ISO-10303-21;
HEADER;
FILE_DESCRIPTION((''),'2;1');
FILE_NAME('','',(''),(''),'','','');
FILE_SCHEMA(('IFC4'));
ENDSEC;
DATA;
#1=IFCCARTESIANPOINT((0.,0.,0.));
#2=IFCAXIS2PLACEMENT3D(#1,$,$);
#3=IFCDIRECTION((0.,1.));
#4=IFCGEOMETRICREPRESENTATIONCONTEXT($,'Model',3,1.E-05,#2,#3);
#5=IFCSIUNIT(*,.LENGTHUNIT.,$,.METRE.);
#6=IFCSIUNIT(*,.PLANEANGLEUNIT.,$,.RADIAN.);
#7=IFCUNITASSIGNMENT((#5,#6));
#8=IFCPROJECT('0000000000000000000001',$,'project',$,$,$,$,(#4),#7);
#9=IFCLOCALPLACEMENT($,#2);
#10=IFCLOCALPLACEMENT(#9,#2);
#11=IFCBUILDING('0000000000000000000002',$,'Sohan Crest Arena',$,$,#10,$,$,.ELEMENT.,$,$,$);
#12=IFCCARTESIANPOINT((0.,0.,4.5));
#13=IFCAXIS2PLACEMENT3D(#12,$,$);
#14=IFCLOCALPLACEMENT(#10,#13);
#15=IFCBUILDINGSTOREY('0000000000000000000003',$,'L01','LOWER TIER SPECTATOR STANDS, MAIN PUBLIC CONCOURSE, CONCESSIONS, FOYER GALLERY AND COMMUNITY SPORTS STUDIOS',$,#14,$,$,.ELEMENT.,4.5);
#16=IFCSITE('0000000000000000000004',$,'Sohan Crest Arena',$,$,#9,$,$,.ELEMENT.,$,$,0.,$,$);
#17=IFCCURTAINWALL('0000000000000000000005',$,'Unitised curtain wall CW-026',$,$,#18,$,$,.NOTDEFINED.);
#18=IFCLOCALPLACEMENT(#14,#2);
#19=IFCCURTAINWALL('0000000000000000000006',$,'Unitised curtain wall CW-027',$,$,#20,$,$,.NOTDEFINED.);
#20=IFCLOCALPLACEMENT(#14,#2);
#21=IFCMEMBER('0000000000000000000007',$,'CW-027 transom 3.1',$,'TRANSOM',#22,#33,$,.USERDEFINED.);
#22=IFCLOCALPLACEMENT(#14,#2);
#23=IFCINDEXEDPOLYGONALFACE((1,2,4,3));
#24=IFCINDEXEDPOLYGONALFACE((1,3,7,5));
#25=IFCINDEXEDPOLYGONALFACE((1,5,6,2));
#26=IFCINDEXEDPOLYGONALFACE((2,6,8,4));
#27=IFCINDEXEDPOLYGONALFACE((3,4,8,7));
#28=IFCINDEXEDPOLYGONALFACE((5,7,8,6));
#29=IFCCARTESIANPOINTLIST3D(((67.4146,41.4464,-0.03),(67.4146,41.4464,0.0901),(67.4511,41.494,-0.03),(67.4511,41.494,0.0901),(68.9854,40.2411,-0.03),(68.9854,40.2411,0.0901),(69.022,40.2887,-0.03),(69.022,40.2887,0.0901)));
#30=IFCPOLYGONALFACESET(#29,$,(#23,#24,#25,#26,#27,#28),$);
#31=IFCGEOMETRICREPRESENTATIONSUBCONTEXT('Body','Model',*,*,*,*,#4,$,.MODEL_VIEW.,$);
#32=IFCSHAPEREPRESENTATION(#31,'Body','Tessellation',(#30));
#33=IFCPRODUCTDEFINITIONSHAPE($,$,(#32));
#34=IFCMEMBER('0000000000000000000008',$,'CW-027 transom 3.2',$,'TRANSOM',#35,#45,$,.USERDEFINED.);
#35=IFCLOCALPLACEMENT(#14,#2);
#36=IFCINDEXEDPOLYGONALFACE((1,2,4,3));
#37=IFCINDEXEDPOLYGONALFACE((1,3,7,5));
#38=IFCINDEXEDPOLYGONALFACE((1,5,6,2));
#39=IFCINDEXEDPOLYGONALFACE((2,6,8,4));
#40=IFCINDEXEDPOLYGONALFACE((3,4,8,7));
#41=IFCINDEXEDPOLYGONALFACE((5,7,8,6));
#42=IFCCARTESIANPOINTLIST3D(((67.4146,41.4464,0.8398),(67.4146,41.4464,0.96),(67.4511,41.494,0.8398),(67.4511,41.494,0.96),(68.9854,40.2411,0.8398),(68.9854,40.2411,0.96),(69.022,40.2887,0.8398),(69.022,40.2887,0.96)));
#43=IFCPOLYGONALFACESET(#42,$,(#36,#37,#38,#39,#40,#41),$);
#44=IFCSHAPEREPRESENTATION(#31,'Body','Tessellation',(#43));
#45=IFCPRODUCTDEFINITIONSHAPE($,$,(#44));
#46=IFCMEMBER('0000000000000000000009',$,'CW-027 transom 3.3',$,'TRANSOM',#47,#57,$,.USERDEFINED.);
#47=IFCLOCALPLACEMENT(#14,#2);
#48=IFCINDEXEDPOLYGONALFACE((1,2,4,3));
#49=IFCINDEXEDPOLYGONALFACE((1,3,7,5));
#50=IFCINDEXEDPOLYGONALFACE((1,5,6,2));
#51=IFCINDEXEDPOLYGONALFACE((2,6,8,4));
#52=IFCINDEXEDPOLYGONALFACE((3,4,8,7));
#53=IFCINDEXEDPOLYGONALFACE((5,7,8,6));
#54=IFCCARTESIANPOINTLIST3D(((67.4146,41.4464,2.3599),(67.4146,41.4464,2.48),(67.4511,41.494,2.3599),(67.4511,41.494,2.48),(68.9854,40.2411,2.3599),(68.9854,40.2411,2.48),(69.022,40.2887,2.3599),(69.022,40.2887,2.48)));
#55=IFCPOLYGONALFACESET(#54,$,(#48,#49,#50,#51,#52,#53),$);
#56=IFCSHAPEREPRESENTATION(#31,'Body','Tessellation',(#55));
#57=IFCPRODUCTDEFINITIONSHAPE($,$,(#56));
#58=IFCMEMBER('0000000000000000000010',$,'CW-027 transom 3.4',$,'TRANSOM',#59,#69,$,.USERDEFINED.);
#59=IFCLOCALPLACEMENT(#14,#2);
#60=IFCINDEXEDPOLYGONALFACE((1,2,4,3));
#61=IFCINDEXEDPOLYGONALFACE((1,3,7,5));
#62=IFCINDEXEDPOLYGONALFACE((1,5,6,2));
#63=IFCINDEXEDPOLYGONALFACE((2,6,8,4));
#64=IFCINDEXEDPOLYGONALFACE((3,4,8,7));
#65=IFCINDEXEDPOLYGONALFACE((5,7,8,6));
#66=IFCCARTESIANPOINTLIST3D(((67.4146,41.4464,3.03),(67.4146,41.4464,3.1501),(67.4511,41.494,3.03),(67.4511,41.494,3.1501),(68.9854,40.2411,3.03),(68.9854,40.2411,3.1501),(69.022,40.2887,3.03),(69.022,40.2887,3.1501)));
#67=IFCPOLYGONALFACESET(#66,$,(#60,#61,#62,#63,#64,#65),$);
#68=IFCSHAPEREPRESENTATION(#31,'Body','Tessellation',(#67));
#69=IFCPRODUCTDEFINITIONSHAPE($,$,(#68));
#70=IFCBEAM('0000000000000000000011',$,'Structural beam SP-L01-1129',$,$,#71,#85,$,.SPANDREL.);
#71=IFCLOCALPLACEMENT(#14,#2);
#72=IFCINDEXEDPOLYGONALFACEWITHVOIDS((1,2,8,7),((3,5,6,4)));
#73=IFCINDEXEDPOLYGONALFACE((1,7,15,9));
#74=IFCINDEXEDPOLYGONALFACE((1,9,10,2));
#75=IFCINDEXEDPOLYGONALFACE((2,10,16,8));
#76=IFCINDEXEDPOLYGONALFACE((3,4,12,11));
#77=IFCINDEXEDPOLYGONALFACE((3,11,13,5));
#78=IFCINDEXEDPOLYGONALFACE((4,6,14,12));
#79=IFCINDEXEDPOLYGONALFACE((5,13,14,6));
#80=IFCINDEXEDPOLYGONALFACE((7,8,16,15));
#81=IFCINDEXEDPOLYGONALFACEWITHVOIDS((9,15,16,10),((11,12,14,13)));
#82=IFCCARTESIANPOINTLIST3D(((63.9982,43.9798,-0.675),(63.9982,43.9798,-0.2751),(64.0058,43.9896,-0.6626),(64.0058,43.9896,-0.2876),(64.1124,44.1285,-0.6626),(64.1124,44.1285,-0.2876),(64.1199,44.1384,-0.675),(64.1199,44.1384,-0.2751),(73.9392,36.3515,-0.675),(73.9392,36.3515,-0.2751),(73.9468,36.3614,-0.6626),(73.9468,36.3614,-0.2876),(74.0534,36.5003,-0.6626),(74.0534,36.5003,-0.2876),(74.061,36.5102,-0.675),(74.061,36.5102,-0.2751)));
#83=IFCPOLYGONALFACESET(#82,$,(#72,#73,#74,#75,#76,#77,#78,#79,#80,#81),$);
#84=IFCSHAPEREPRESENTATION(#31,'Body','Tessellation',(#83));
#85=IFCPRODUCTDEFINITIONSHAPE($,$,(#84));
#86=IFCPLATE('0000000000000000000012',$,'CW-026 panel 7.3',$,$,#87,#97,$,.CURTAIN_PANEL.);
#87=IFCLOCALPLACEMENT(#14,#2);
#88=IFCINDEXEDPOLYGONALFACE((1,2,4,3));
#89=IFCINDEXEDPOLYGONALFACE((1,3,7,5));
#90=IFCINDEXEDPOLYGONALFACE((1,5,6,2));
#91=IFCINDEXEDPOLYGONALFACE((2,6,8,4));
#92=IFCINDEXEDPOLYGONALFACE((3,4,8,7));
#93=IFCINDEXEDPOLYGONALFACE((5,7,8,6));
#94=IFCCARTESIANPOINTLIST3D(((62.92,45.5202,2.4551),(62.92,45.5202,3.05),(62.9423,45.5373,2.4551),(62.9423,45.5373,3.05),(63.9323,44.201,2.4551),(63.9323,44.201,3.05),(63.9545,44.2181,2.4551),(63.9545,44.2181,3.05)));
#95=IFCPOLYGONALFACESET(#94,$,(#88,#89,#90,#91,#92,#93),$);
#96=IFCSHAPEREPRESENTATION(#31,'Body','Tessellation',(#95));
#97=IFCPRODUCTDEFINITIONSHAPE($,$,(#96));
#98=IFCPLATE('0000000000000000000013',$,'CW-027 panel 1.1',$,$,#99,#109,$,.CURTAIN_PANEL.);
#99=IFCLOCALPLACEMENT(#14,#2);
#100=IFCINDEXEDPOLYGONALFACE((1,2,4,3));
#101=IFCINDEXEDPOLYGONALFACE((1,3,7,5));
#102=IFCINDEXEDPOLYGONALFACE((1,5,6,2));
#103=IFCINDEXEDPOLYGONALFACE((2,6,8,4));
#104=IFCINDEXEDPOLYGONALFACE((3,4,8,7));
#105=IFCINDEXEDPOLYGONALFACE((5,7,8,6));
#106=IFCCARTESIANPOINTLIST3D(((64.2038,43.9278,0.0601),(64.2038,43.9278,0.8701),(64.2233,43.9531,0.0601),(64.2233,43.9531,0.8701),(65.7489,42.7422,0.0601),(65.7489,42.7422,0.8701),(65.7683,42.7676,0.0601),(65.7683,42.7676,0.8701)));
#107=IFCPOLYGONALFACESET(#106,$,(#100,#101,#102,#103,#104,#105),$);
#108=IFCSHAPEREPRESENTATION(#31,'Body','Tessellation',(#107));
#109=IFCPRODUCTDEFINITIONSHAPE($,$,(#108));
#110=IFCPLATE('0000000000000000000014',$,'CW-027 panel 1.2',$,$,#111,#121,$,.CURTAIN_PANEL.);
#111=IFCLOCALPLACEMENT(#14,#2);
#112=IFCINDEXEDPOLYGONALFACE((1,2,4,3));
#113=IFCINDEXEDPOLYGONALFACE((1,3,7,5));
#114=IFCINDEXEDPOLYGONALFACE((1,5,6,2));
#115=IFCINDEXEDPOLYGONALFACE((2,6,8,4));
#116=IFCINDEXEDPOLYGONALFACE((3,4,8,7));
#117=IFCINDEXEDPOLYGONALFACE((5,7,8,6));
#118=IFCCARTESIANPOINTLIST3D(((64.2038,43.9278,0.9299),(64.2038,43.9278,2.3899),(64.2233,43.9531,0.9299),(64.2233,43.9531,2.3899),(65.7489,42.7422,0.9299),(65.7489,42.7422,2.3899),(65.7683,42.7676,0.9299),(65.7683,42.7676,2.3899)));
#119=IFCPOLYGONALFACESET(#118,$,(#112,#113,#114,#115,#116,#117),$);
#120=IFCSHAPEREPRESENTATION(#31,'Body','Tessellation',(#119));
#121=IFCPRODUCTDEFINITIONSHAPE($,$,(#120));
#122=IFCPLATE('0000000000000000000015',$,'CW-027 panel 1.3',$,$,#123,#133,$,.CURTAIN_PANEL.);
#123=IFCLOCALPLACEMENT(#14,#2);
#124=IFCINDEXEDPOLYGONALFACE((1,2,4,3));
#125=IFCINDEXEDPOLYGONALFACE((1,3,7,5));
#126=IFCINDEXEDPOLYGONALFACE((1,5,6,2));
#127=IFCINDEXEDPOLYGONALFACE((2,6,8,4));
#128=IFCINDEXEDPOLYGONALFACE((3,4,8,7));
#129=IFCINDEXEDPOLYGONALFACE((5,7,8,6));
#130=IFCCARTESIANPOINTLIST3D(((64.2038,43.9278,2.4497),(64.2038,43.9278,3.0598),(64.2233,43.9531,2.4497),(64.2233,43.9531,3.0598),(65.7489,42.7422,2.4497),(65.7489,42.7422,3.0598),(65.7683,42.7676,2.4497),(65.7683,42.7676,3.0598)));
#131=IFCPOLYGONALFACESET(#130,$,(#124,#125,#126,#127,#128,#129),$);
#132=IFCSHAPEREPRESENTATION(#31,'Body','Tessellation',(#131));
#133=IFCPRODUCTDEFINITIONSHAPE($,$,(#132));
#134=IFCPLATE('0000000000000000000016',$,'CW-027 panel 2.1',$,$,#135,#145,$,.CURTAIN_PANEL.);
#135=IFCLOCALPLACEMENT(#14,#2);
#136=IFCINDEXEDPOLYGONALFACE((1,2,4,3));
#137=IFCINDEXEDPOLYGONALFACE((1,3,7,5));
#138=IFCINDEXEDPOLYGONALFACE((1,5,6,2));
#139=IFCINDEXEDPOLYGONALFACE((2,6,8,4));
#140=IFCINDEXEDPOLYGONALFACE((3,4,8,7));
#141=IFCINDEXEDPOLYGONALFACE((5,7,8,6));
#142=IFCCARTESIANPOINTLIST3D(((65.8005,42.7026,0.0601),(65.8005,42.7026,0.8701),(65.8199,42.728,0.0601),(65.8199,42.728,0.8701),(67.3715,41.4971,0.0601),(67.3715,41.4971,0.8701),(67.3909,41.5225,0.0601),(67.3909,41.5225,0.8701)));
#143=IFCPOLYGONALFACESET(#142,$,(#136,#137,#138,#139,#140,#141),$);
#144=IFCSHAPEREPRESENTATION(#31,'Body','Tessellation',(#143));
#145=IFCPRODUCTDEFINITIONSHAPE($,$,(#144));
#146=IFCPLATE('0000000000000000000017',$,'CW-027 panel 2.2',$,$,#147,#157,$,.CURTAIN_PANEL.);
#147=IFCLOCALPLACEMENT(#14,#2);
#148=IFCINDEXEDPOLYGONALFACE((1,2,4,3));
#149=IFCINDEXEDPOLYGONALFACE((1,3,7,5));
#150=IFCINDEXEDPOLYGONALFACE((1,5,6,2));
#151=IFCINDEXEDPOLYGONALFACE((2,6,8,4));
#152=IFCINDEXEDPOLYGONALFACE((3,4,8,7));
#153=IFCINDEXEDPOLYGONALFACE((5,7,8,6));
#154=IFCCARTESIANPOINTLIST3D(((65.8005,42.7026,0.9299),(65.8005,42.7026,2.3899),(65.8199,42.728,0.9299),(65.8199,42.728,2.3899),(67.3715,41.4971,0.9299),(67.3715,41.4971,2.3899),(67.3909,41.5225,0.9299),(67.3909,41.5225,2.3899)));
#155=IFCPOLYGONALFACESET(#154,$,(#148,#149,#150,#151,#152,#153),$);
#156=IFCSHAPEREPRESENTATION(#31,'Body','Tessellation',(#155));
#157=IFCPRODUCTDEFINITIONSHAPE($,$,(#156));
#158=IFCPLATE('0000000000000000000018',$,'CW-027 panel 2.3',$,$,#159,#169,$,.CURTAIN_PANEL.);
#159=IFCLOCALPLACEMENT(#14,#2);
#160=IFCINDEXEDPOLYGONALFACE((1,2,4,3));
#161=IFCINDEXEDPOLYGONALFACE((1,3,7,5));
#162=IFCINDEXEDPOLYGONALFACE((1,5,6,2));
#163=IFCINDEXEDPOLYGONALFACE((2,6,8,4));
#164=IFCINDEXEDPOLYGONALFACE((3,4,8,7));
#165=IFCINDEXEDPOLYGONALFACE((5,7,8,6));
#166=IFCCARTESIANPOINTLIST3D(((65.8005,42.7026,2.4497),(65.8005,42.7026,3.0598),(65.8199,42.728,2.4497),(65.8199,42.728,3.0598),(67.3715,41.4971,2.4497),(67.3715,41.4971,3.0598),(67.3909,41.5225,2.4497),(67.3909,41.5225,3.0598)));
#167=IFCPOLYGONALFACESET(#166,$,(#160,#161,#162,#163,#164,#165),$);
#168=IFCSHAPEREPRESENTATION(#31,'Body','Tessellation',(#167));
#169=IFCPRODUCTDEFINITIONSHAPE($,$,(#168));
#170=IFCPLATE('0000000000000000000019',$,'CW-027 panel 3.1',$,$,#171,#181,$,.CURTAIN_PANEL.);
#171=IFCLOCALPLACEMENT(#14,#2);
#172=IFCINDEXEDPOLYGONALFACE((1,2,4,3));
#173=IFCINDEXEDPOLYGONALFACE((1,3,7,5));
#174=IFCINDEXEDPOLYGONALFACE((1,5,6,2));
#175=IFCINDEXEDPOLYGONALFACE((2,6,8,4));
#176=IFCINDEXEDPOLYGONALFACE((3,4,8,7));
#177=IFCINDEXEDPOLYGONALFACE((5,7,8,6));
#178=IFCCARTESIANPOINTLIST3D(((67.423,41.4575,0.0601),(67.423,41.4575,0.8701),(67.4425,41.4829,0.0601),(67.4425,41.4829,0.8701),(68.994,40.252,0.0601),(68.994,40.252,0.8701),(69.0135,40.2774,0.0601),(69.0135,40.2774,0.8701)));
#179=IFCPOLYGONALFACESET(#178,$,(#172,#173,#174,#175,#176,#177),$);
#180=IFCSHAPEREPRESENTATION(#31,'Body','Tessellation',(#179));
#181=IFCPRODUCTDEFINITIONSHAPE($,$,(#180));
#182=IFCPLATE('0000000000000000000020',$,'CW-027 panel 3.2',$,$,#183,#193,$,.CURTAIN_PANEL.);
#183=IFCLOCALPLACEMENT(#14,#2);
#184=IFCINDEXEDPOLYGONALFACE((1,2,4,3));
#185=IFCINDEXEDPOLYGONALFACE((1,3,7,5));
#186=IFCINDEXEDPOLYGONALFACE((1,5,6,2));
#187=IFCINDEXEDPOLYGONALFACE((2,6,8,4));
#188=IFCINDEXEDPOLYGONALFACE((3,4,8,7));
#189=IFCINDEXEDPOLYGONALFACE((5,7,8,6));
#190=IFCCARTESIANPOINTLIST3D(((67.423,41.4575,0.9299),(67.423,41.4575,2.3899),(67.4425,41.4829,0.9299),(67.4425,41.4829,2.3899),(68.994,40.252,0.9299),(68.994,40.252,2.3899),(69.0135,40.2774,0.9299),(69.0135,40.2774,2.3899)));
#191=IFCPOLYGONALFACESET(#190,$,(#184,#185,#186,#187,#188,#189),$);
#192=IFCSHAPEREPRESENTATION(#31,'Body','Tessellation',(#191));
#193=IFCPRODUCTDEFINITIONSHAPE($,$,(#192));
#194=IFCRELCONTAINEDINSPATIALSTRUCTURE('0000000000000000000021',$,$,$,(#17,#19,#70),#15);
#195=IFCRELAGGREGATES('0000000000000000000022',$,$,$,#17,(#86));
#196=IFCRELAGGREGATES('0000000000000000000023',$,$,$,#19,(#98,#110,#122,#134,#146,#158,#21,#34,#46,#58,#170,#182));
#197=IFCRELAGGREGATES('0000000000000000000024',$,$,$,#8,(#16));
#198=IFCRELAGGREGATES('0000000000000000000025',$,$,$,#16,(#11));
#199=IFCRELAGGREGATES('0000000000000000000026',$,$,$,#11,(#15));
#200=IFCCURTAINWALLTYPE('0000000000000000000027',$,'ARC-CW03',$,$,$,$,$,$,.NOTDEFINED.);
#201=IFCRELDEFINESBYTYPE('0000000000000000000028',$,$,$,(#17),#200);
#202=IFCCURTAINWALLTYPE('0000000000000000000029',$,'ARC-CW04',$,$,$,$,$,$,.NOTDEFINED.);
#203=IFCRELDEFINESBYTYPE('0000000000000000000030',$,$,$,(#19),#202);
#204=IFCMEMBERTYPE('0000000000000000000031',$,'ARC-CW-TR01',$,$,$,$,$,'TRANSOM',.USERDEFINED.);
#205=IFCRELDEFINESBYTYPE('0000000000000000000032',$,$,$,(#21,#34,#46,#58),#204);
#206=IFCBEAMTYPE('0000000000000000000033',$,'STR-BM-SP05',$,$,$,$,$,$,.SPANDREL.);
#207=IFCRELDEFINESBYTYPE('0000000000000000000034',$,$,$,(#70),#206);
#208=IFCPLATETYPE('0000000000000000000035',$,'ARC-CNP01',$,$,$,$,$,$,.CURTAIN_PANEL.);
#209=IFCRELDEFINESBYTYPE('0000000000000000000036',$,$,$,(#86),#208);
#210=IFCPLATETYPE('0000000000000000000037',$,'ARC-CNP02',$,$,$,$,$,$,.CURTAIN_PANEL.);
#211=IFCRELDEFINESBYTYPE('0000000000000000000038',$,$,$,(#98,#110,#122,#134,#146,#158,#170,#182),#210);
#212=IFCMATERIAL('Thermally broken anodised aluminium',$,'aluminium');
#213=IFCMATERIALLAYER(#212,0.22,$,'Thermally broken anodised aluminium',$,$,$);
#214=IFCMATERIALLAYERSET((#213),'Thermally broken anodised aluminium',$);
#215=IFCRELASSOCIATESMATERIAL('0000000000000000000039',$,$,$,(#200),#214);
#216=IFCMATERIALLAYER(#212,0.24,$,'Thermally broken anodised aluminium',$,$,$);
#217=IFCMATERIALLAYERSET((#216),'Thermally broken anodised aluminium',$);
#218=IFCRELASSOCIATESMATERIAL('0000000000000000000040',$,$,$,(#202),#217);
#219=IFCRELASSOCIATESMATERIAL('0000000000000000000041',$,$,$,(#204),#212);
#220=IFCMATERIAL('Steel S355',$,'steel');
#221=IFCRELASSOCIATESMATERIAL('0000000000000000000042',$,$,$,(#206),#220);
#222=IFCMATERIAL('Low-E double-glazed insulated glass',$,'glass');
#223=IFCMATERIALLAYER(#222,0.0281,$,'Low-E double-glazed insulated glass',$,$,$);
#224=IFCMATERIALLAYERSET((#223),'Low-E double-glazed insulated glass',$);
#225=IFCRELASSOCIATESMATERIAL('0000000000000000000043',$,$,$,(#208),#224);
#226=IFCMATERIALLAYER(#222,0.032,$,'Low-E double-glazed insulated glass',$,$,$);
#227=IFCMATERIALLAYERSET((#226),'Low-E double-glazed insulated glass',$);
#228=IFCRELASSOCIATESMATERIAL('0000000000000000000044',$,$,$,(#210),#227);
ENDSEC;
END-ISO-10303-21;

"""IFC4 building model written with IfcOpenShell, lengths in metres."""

from ifc_helpers import new_model, si_unit, direction, frame, origin, origin_2d, place, context, subcontext, project, spatial, rectangle, hollow_rectangle, extrude, material, layer, layer_set, material_profile, profile_set, type_object, element, aggregate, save


model = new_model("IFC4")

# Units and contexts
model_context = context("Model", 3, precision=1e-05, world=origin(), true_north=direction((0.0, 1.0)))
body_context = subcontext(model_context, "Body", "Model", "MODEL_VIEW")
ifc_project = project(units=[si_unit("LENGTHUNIT", "METRE"), si_unit("PLANEANGLEUNIT", "RADIAN")], contexts=[model_context])

# Site, building, storey
site_placement = place(None, origin())
site = spatial("IfcSite", under=ifc_project, at=site_placement, Name="Sohan Crest Arena", CompositionType="ELEMENT", RefElevation=0.0)
building_placement = place(site_placement, origin())
building = spatial("IfcBuilding", under=site, at=building_placement, Name="Sohan Crest Arena", CompositionType="ELEMENT")
storey_placement = place(building_placement, frame((0.0, 0.0, 4.5)))
storey = spatial("IfcBuildingStorey", under=building, at=storey_placement, Name="L01", Description="LOWER TIER SPECTATOR STANDS, MAIN PUBLIC CONCOURSE, CONCESSIONS, FOYER GALLERY AND COMMUNITY SPORTS STUDIOS", CompositionType="ELEMENT", Elevation=4.5)

# Shared definitions
ifc_material_1 = material(Name="Steel S355", Category="steel")

# Curtain wall
ifc_material_2 = material(Name="Thermally broken anodised aluminium", Category="aluminium")
ifc_layer_1 = layer(ifc_material_2, 0.22, Name="Thermally broken anodised aluminium")
ifc_layer_set_1 = layer_set([ifc_layer_1], Name="Thermally broken anodised aluminium")
curtain_wall_type_1 = type_object("IfcCurtainWallType", Name="ARC-CW03", PredefinedType="NOTDEFINED", material=ifc_layer_set_1)
curtain_wall_1_placement = place(storey_placement, origin())
curtain_wall_1 = element("IfcCurtainWall", 1, at=curtain_wall_1_placement, inside=storey, type_object=curtain_wall_type_1, Name="Unitised curtain wall CW-026", PredefinedType="NOTDEFINED")

# Curtain wall, members
ifc_layer_2 = layer(ifc_material_2, 0.24, Name="Thermally broken anodised aluminium")
ifc_layer_set_2 = layer_set([ifc_layer_2], Name="Thermally broken anodised aluminium")
curtain_wall_type_2 = type_object("IfcCurtainWallType", Name="ARC-CW04", PredefinedType="NOTDEFINED", material=ifc_layer_set_2)
curtain_wall_2_placement = place(storey_placement, origin())
curtain_wall_2 = element("IfcCurtainWall", 2, at=curtain_wall_2_placement, inside=storey, type_object=curtain_wall_type_2, Name="Unitised curtain wall CW-027", PredefinedType="NOTDEFINED")
ifc_material_profile_1 = material_profile(ifc_material_2, rectangle(XDim=0.0601, YDim=0.1201, at=origin_2d()), Name="ALU-TRAN 60x120")
ifc_profile_set_1 = profile_set([ifc_material_profile_1], Name="Thermally broken anodised aluminium")
member_type_1 = type_object("IfcMemberType", Name="ARC-CW-TR01", ElementType="TRANSOM", PredefinedType="USERDEFINED", material=ifc_profile_set_1)
member_1_placement = place(storey_placement, frame((67.4329, 41.4702, 0.03), z_axis=(0.793352, -0.608763, 0.0), x_axis=(0.608763, 0.793352, 0.0)))
member_1 = element("IfcMember", 3, at=member_1_placement, type_object=member_type_1, Name="CW-027 transom 3.1", ObjectType="TRANSOM", PredefinedType="USERDEFINED", context=body_context, shape_type="SweptSolid", body=[
    extrude(rectangle(XDim=0.0601, YDim=0.1201, at=origin_2d()), origin(), (0.0, 0.0, 1.0), 1.98),
])
member_2_placement = place(storey_placement, frame((67.4329, 41.4702, 0.8999), z_axis=(0.793352, -0.608763, 0.0), x_axis=(0.608763, 0.793352, 0.0)))
member_2 = element("IfcMember", 4, at=member_2_placement, type_object=member_type_1, Name="CW-027 transom 3.2", ObjectType="TRANSOM", PredefinedType="USERDEFINED", context=body_context, shape_type="SweptSolid", body=[
    extrude(rectangle(XDim=0.0601, YDim=0.1201, at=origin_2d()), origin(), (0.0, 0.0, 1.0), 1.98),
])
member_3_placement = place(storey_placement, frame((67.4329, 41.4702, 2.4199), z_axis=(0.793352, -0.608763, 0.0), x_axis=(0.608763, 0.793352, 0.0)))
member_3 = element("IfcMember", 5, at=member_3_placement, type_object=member_type_1, Name="CW-027 transom 3.3", ObjectType="TRANSOM", PredefinedType="USERDEFINED", context=body_context, shape_type="SweptSolid", body=[
    extrude(rectangle(XDim=0.0601, YDim=0.1201, at=origin_2d()), origin(), (0.0, 0.0, 1.0), 1.98),
])
member_4_placement = place(storey_placement, frame((67.4329, 41.4702, 3.0901), z_axis=(0.793352, -0.608763, 0.0), x_axis=(0.608763, 0.793352, 0.0)))
member_4 = element("IfcMember", 6, at=member_4_placement, type_object=member_type_1, Name="CW-027 transom 3.4", ObjectType="TRANSOM", PredefinedType="USERDEFINED", context=body_context, shape_type="SweptSolid", body=[
    extrude(rectangle(XDim=0.0601, YDim=0.1201, at=origin_2d()), origin(), (0.0, 0.0, 1.0), 1.98),
])

# Beam
ifc_material_profile_2 = material_profile(ifc_material_1, hollow_rectangle(XDim=0.2, YDim=0.3999, WallThickness=0.0125, at=origin_2d()), Name="RHS 400x200x12.5")
ifc_profile_set_2 = profile_set([ifc_material_profile_2], Name="Steel S355")
beam_type = type_object("IfcBeamType", Name="STR-BM-SP05", PredefinedType="SPANDREL", material=ifc_profile_set_2)
beam_placement = place(storey_placement, frame((64.0591, 44.0591, -0.4751), z_axis=(0.793344, -0.608773, 0.0), x_axis=(0.608773, 0.793344, 0.0)))
element("IfcBeam", 7, at=beam_placement, inside=storey, type_object=beam_type, Name="Structural beam SP-L01-1129", PredefinedType="SPANDREL", context=body_context, shape_type="SweptSolid", body=[
    extrude(hollow_rectangle(XDim=0.2, YDim=0.3999, WallThickness=0.0125, at=origin_2d()), origin(), (0.0, 0.0, 1.0), 12.5305),
])

# Plates
ifc_material_3 = material(Name="Low-E double-glazed insulated glass", Category="glass")
ifc_layer_3 = layer(ifc_material_3, 0.0281, Name="Low-E double-glazed insulated glass")
ifc_layer_set_3 = layer_set([ifc_layer_3], Name="Low-E double-glazed insulated glass")
plate_type_1 = type_object("IfcPlateType", Name="ARC-CNP01", PredefinedType="CURTAIN_PANEL", material=ifc_layer_set_3)
plate_1_placement = place(storey_placement, frame((63.4373, 44.8691, 2.4551), z_axis=(0.0, 0.0, 1.0), x_axis=(0.608765, -0.793351, 0.0)))
plate_1 = element("IfcPlate", 8, at=plate_1_placement, type_object=plate_type_1, Name="CW-026 panel 7.3", PredefinedType="CURTAIN_PANEL", context=body_context, shape_type="SweptSolid", body=[
    extrude(rectangle(XDim=1.6628, YDim=0.0281, at=origin_2d()), origin(), (0.0, 0.0, 1.0), 0.595),
])
aggregate(curtain_wall_1, [plate_1])
ifc_layer_4 = layer(ifc_material_3, 0.032, Name="Low-E double-glazed insulated glass")
ifc_layer_set_4 = layer_set([ifc_layer_4], Name="Low-E double-glazed insulated glass")
plate_type_2 = type_object("IfcPlateType", Name="ARC-CNP02", PredefinedType="CURTAIN_PANEL", material=ifc_layer_set_4)
plate_2_placement = place(storey_placement, frame((64.9861, 43.3477, 0.0601), z_axis=(0.0, 0.0, 1.0), x_axis=(0.793351, -0.608765, 0.0)))
plate_2 = element("IfcPlate", 9, at=plate_2_placement, type_object=plate_type_2, Name="CW-027 panel 1.1", PredefinedType="CURTAIN_PANEL", context=body_context, shape_type="SweptSolid", body=[
    extrude(rectangle(XDim=1.9475, YDim=0.032, at=origin_2d()), origin(), (0.0, 0.0, 1.0), 0.8101),
])
plate_3_placement = place(storey_placement, frame((64.9861, 43.3477, 0.9299), z_axis=(0.0, 0.0, 1.0), x_axis=(0.793351, -0.608765, 0.0)))
plate_3 = element("IfcPlate", 10, at=plate_3_placement, type_object=plate_type_2, Name="CW-027 panel 1.2", PredefinedType="CURTAIN_PANEL", context=body_context, shape_type="SweptSolid", body=[
    extrude(rectangle(XDim=1.9475, YDim=0.032, at=origin_2d()), origin(), (0.0, 0.0, 1.0), 1.46),
])
plate_4_placement = place(storey_placement, frame((64.9861, 43.3477, 2.4497), z_axis=(0.0, 0.0, 1.0), x_axis=(0.793351, -0.608765, 0.0)))
plate_4 = element("IfcPlate", 11, at=plate_4_placement, type_object=plate_type_2, Name="CW-027 panel 1.3", PredefinedType="CURTAIN_PANEL", context=body_context, shape_type="SweptSolid", body=[
    extrude(rectangle(XDim=1.9475, YDim=0.032, at=origin_2d()), origin(), (0.0, 0.0, 1.0), 0.6101),
])
plate_5_placement = place(storey_placement, frame((66.5957, 42.1125, 0.0601), z_axis=(0.0, 0.0, 1.0), x_axis=(0.793351, -0.608765, 0.0)))
plate_5 = element("IfcPlate", 12, at=plate_5_placement, type_object=plate_type_2, Name="CW-027 panel 2.1", PredefinedType="CURTAIN_PANEL", context=body_context, shape_type="SweptSolid", body=[
    extrude(rectangle(XDim=1.9802, YDim=0.032, at=origin_2d()), origin(), (0.0, 0.0, 1.0), 0.8101),
])
plate_6_placement = place(storey_placement, frame((66.5957, 42.1125, 0.9299), z_axis=(0.0, 0.0, 1.0), x_axis=(0.793351, -0.608765, 0.0)))
plate_6 = element("IfcPlate", 13, at=plate_6_placement, type_object=plate_type_2, Name="CW-027 panel 2.2", PredefinedType="CURTAIN_PANEL", context=body_context, shape_type="SweptSolid", body=[
    extrude(rectangle(XDim=1.9802, YDim=0.032, at=origin_2d()), origin(), (0.0, 0.0, 1.0), 1.46),
])
plate_7_placement = place(storey_placement, frame((66.5957, 42.1125, 2.4497), z_axis=(0.0, 0.0, 1.0), x_axis=(0.793351, -0.608765, 0.0)))
plate_7 = element("IfcPlate", 14, at=plate_7_placement, type_object=plate_type_2, Name="CW-027 panel 2.3", PredefinedType="CURTAIN_PANEL", context=body_context, shape_type="SweptSolid", body=[
    extrude(rectangle(XDim=1.9802, YDim=0.032, at=origin_2d()), origin(), (0.0, 0.0, 1.0), 0.6101),
])
plate_8_placement = place(storey_placement, frame((68.2183, 40.8674, 0.0601), z_axis=(0.0, 0.0, 1.0), x_axis=(0.793351, -0.608765, 0.0)))
plate_8 = element("IfcPlate", 15, at=plate_8_placement, type_object=plate_type_2, Name="CW-027 panel 3.1", PredefinedType="CURTAIN_PANEL", context=body_context, shape_type="SweptSolid", body=[
    extrude(rectangle(XDim=1.9802, YDim=0.032, at=origin_2d()), origin(), (0.0, 0.0, 1.0), 0.8101),
])
plate_9_placement = place(storey_placement, frame((68.2183, 40.8674, 0.9299), z_axis=(0.0, 0.0, 1.0), x_axis=(0.793351, -0.608765, 0.0)))
plate_9 = element("IfcPlate", 16, at=plate_9_placement, type_object=plate_type_2, Name="CW-027 panel 3.2", PredefinedType="CURTAIN_PANEL", context=body_context, shape_type="SweptSolid", body=[
    extrude(rectangle(XDim=1.9802, YDim=0.032, at=origin_2d()), origin(), (0.0, 0.0, 1.0), 1.46),
])
aggregate(curtain_wall_2, [plate_2, plate_3, plate_4, plate_5, plate_6, plate_7, member_1, member_2, member_3, member_4, plate_8, plate_9])

save(model, "model.ifc")
